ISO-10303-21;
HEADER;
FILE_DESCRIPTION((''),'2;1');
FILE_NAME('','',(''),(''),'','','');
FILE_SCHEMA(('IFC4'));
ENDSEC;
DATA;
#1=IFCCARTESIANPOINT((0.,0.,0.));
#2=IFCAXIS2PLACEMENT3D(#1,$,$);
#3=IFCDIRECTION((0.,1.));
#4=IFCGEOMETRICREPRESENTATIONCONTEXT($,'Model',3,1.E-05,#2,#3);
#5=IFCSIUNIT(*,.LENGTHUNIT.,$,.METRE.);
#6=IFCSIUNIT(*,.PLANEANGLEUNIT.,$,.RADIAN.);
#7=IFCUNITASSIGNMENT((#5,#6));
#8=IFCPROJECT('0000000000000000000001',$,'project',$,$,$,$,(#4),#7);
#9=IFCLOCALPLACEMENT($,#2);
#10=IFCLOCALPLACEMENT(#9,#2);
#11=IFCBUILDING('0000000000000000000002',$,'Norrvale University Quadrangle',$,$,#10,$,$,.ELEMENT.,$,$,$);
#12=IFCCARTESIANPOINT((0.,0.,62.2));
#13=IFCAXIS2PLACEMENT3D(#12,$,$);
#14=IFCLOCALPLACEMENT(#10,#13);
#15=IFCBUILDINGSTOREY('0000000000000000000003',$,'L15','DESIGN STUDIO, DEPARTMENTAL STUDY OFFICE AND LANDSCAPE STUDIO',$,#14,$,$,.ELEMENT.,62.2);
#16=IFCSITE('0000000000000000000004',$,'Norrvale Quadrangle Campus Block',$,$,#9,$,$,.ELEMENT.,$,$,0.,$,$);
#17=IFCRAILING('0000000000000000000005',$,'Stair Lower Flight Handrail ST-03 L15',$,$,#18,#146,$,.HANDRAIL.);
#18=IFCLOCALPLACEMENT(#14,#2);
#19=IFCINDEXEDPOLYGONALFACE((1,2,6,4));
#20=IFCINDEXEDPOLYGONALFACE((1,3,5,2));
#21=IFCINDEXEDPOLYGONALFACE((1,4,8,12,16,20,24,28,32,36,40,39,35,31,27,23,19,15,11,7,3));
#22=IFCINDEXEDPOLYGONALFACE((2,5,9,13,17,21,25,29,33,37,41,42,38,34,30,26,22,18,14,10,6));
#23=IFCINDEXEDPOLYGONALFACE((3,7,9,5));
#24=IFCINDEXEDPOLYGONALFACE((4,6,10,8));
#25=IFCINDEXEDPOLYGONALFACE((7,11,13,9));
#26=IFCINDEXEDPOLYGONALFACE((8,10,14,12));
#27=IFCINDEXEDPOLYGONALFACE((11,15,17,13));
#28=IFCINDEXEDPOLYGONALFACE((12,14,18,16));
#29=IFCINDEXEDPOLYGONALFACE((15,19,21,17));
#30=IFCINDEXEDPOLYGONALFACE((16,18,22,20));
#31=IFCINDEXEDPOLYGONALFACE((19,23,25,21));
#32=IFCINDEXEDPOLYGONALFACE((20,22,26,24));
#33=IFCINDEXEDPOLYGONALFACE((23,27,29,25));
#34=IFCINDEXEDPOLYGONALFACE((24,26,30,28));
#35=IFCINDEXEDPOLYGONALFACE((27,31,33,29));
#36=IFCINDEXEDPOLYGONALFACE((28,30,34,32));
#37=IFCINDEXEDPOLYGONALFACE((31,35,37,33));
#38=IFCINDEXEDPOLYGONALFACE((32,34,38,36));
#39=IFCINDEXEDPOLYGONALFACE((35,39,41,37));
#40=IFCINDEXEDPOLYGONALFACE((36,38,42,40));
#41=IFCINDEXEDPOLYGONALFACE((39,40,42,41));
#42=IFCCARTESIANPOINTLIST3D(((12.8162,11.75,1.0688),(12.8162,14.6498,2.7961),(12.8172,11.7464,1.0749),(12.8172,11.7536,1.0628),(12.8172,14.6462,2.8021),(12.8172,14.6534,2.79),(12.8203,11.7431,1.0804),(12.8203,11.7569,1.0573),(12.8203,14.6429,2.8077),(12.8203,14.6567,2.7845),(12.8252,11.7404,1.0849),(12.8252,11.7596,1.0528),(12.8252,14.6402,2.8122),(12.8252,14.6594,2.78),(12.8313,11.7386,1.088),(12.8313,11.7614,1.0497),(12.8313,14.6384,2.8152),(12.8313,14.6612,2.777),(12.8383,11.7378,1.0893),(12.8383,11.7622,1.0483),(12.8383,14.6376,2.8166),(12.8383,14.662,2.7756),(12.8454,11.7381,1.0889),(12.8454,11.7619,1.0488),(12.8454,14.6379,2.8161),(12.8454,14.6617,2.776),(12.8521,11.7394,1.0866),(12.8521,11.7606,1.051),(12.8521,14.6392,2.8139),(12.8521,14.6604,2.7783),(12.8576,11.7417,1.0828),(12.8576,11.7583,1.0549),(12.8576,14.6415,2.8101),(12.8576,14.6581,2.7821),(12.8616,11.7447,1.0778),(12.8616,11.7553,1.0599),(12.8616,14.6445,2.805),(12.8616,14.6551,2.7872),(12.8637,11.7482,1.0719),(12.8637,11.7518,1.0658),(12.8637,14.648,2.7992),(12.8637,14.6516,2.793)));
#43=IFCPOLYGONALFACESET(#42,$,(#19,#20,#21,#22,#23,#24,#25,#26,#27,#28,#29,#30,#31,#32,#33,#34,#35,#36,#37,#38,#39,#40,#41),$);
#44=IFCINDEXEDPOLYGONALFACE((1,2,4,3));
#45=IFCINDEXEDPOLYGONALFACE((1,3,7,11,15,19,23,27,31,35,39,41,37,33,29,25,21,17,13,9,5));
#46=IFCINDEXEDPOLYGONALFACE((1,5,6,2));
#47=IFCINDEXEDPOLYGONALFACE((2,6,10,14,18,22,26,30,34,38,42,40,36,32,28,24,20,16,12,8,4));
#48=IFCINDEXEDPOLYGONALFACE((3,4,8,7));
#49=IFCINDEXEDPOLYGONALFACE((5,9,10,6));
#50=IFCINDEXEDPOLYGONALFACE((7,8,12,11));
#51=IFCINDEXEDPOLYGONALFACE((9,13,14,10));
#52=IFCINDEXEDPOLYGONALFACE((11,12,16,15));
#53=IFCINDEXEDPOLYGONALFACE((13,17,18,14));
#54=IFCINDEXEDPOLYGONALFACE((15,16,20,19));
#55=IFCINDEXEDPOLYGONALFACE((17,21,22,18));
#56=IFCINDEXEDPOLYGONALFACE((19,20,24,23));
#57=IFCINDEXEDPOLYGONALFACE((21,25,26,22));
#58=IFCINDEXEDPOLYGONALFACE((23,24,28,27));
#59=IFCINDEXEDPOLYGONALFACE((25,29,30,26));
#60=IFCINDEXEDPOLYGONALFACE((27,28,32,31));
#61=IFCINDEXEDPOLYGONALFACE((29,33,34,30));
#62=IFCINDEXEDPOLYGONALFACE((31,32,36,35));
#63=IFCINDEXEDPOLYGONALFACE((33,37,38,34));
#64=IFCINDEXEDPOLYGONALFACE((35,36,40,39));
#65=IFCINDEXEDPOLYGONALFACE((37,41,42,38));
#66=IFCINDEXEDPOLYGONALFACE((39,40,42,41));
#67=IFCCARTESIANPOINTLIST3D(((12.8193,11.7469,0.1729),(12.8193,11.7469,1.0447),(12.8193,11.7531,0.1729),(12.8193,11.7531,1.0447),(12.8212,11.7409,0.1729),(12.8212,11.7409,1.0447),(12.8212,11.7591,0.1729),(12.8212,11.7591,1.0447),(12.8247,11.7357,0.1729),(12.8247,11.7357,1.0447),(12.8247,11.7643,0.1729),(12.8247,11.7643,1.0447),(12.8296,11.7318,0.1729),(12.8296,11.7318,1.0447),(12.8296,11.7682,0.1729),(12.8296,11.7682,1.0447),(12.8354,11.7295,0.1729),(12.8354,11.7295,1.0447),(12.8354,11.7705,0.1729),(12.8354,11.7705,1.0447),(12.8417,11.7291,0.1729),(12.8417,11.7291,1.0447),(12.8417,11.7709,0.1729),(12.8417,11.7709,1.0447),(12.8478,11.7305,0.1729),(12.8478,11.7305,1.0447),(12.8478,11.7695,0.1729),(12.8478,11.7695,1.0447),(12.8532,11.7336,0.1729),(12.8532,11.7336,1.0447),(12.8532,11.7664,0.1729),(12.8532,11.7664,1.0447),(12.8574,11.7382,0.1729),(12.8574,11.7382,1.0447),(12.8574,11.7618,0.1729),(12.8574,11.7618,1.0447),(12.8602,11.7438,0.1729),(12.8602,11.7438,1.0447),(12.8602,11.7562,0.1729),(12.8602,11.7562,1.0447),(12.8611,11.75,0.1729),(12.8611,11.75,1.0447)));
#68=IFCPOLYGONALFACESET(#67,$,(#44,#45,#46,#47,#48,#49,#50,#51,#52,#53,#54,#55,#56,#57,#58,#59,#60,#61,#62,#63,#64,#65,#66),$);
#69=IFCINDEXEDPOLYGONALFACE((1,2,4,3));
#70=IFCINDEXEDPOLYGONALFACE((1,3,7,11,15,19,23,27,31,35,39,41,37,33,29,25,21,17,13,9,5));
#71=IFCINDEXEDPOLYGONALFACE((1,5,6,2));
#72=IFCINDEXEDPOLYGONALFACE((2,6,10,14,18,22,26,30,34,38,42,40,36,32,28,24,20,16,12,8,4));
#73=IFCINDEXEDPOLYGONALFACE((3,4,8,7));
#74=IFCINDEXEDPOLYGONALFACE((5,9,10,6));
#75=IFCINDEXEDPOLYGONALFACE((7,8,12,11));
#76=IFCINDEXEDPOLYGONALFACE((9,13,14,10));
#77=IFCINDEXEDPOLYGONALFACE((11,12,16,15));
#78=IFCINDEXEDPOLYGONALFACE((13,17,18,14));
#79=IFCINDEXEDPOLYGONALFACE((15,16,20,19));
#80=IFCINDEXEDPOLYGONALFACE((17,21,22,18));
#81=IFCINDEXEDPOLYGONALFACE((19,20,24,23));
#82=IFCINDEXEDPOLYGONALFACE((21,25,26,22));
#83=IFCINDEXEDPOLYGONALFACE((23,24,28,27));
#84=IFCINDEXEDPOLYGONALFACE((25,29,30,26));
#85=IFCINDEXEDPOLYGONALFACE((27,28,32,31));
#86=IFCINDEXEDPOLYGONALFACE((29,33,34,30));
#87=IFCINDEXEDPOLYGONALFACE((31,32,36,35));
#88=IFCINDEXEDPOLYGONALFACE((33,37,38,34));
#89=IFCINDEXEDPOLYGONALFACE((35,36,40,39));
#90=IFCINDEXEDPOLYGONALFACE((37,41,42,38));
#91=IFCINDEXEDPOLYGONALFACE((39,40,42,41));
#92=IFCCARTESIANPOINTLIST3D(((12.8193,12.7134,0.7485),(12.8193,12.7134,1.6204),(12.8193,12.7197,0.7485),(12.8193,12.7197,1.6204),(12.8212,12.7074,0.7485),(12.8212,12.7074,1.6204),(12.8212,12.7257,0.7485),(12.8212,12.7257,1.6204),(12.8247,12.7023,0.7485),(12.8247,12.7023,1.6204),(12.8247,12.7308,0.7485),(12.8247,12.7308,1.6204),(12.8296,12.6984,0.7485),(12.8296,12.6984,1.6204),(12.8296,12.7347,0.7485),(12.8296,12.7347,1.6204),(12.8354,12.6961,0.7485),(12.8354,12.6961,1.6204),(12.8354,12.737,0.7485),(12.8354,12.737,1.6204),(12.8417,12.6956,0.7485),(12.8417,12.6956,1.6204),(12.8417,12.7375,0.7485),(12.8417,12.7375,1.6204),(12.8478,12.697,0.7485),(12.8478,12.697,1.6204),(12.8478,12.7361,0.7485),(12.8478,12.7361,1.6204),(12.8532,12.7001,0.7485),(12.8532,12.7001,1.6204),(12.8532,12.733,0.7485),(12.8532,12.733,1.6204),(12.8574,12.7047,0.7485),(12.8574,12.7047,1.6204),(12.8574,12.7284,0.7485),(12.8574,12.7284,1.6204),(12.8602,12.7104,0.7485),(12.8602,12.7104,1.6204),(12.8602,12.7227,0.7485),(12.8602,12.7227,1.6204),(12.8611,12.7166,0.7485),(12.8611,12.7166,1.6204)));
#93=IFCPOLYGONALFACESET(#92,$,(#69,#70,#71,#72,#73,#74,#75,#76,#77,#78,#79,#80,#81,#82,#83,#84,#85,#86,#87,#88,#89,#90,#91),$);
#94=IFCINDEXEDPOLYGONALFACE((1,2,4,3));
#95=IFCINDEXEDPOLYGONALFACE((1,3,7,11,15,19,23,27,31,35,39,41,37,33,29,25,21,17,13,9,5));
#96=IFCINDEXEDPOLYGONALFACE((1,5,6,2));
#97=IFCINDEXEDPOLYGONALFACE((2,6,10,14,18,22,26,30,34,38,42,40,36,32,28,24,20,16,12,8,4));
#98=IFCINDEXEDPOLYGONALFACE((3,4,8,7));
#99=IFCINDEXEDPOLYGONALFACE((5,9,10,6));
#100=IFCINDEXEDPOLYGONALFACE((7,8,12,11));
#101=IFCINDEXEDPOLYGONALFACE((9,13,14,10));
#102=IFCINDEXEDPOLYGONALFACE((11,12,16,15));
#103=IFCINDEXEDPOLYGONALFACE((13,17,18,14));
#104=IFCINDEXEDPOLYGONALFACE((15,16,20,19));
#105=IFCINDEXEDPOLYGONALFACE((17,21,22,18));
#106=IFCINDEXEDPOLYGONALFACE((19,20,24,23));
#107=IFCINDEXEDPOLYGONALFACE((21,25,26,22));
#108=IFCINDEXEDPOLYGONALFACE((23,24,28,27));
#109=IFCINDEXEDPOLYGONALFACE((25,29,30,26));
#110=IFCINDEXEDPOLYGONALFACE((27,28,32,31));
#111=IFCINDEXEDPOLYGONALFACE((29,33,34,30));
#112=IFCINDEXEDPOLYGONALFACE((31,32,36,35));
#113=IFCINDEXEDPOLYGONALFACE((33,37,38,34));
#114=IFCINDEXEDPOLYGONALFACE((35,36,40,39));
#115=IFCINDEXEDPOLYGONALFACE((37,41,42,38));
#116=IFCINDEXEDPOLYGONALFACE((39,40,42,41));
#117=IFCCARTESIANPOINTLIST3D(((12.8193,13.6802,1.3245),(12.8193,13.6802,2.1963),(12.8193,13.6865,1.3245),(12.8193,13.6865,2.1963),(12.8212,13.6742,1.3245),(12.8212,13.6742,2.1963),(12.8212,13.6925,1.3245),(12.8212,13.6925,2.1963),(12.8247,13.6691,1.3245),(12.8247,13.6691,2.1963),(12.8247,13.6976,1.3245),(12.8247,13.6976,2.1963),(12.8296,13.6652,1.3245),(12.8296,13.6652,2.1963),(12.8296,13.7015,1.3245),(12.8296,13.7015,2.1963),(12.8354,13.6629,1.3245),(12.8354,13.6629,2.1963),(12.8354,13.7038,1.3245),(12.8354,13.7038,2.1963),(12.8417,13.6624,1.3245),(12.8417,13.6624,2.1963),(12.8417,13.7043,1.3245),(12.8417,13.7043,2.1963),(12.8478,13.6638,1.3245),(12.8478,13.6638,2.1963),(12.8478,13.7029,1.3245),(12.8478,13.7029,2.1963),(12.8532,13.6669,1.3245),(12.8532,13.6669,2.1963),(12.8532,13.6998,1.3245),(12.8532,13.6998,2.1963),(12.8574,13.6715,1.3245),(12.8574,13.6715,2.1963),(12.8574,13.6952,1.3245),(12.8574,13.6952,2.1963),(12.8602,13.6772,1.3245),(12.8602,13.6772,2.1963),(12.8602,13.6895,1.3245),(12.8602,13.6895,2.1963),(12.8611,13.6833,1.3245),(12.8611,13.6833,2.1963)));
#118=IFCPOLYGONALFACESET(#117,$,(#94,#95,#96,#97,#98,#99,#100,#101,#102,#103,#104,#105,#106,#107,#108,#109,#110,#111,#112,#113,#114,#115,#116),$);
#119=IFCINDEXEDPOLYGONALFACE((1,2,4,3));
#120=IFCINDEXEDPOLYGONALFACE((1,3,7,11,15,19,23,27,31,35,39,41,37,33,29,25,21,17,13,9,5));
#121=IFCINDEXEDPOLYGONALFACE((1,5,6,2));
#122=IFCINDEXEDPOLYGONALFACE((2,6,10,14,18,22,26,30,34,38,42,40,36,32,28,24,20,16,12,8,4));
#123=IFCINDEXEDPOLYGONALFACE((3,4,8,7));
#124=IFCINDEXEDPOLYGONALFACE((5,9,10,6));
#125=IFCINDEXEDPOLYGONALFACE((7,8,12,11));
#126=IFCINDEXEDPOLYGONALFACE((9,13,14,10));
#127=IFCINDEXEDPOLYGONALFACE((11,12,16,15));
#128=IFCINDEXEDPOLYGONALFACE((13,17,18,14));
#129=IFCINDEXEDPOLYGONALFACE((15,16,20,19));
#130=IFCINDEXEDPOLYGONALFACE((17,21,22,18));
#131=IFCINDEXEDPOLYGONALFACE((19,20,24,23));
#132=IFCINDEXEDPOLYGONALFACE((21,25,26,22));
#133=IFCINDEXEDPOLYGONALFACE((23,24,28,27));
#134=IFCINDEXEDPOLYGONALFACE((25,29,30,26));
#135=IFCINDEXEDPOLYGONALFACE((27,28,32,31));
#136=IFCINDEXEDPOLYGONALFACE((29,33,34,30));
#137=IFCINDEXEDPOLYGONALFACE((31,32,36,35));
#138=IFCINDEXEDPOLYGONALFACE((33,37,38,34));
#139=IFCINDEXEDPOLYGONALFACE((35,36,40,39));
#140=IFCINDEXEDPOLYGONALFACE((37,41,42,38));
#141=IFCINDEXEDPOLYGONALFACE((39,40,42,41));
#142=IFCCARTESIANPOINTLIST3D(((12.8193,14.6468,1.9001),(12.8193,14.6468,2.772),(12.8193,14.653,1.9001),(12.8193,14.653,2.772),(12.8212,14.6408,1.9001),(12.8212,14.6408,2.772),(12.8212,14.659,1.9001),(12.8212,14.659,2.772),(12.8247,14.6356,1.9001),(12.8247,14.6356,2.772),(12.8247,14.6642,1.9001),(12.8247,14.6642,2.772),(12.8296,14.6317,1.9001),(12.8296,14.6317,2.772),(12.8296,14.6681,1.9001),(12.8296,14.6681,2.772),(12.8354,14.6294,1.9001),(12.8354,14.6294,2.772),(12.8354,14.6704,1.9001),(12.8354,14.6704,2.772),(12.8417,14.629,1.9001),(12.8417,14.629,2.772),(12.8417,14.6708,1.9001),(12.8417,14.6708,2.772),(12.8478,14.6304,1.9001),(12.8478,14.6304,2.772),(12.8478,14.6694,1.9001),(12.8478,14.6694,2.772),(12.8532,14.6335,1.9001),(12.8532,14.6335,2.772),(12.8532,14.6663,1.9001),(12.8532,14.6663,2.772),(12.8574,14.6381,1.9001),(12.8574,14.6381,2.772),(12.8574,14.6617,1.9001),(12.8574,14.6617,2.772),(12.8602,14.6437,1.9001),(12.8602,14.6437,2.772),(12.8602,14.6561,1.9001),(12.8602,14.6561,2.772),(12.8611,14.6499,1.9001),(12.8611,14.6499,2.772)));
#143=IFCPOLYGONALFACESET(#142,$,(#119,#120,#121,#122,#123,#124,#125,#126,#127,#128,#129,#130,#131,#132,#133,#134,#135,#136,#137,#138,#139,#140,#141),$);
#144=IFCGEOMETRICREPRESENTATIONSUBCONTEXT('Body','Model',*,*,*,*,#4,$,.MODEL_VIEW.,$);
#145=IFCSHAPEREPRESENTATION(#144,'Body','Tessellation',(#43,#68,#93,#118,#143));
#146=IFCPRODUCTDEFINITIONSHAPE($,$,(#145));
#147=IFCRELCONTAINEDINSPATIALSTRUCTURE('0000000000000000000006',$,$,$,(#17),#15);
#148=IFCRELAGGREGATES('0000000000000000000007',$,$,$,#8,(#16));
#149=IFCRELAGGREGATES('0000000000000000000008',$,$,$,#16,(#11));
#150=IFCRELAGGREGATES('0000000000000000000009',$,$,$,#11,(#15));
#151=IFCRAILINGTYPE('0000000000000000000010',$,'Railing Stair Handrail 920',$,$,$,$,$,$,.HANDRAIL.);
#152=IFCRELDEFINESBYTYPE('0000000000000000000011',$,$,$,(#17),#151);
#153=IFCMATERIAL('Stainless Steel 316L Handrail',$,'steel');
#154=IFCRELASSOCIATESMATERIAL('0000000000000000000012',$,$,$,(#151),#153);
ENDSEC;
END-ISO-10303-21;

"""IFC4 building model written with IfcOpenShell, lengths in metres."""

from ifc_helpers import new_model, si_unit, direction, frame, origin, origin_2d, place, context, subcontext, project, spatial, circle, extrude, material, type_object, element, save


model = new_model("IFC4")

# Units and contexts
model_context = context("Model", 3, precision=1e-05, world=origin(), true_north=direction((0.0, 1.0)))
body_context = subcontext(model_context, "Body", "Model", "MODEL_VIEW")
ifc_project = project(units=[si_unit("LENGTHUNIT", "METRE"), si_unit("PLANEANGLEUNIT", "RADIAN")], contexts=[model_context])

# Site, building, storey
site_placement = place(None, origin())
site = spatial("IfcSite", under=ifc_project, at=site_placement, Name="Norrvale Quadrangle Campus Block", CompositionType="ELEMENT", RefElevation=0.0)
building_placement = place(site_placement, origin())
building = spatial("IfcBuilding", under=site, at=building_placement, Name="Norrvale University Quadrangle", CompositionType="ELEMENT")
storey_placement = place(building_placement, frame((0.0, 0.0, 62.2)))
storey = spatial("IfcBuildingStorey", under=building, at=storey_placement, Name="L15", Description="DESIGN STUDIO, DEPARTMENTAL STUDY OFFICE AND LANDSCAPE STUDIO", CompositionType="ELEMENT", Elevation=62.2)

# Railing
ifc_material_1 = material(Name="Stainless Steel 316L Handrail", Category="steel")
railing_type_1 = type_object("IfcRailingType", Name="Railing Stair Handrail 920", PredefinedType="HANDRAIL", material=ifc_material_1)
railing_1_placement = place(storey_placement, frame((12.8401, 11.75, 0.1729)))
element("IfcRailing", 1, at=railing_1_placement, inside=storey, type_object=railing_type_1, Name="Stair Lower Flight Handrail ST-03 L15", PredefinedType="HANDRAIL", context=body_context, shape_type="SweptSolid", body=[
    extrude(circle(Radius=0.0239, at=origin_2d()), frame((0.0, 0.0, 0.896), z_axis=(0.0, 0.859141, 0.511738), x_axis=(-1.0, 0.0, 0.0)), (0.0, 0.0, 1.0), 3.3752),
    extrude(circle(Radius=0.021, at=origin_2d()), origin(), (0.0, 0.0, 1.0), 0.8718),
    extrude(circle(Radius=0.021, at=origin_2d()), frame((0.0, 0.9666, 0.5757)), (0.0, 0.0, 1.0), 0.8718),
    extrude(circle(Radius=0.021, at=origin_2d()), frame((0.0, 1.9333, 1.1516)), (0.0, 0.0, 1.0), 0.8718),
    extrude(circle(Radius=0.021, at=origin_2d()), frame((0.0, 2.8999, 1.7273)), (0.0, 0.0, 1.0), 0.8718),
])

save(model, "model.ifc")
